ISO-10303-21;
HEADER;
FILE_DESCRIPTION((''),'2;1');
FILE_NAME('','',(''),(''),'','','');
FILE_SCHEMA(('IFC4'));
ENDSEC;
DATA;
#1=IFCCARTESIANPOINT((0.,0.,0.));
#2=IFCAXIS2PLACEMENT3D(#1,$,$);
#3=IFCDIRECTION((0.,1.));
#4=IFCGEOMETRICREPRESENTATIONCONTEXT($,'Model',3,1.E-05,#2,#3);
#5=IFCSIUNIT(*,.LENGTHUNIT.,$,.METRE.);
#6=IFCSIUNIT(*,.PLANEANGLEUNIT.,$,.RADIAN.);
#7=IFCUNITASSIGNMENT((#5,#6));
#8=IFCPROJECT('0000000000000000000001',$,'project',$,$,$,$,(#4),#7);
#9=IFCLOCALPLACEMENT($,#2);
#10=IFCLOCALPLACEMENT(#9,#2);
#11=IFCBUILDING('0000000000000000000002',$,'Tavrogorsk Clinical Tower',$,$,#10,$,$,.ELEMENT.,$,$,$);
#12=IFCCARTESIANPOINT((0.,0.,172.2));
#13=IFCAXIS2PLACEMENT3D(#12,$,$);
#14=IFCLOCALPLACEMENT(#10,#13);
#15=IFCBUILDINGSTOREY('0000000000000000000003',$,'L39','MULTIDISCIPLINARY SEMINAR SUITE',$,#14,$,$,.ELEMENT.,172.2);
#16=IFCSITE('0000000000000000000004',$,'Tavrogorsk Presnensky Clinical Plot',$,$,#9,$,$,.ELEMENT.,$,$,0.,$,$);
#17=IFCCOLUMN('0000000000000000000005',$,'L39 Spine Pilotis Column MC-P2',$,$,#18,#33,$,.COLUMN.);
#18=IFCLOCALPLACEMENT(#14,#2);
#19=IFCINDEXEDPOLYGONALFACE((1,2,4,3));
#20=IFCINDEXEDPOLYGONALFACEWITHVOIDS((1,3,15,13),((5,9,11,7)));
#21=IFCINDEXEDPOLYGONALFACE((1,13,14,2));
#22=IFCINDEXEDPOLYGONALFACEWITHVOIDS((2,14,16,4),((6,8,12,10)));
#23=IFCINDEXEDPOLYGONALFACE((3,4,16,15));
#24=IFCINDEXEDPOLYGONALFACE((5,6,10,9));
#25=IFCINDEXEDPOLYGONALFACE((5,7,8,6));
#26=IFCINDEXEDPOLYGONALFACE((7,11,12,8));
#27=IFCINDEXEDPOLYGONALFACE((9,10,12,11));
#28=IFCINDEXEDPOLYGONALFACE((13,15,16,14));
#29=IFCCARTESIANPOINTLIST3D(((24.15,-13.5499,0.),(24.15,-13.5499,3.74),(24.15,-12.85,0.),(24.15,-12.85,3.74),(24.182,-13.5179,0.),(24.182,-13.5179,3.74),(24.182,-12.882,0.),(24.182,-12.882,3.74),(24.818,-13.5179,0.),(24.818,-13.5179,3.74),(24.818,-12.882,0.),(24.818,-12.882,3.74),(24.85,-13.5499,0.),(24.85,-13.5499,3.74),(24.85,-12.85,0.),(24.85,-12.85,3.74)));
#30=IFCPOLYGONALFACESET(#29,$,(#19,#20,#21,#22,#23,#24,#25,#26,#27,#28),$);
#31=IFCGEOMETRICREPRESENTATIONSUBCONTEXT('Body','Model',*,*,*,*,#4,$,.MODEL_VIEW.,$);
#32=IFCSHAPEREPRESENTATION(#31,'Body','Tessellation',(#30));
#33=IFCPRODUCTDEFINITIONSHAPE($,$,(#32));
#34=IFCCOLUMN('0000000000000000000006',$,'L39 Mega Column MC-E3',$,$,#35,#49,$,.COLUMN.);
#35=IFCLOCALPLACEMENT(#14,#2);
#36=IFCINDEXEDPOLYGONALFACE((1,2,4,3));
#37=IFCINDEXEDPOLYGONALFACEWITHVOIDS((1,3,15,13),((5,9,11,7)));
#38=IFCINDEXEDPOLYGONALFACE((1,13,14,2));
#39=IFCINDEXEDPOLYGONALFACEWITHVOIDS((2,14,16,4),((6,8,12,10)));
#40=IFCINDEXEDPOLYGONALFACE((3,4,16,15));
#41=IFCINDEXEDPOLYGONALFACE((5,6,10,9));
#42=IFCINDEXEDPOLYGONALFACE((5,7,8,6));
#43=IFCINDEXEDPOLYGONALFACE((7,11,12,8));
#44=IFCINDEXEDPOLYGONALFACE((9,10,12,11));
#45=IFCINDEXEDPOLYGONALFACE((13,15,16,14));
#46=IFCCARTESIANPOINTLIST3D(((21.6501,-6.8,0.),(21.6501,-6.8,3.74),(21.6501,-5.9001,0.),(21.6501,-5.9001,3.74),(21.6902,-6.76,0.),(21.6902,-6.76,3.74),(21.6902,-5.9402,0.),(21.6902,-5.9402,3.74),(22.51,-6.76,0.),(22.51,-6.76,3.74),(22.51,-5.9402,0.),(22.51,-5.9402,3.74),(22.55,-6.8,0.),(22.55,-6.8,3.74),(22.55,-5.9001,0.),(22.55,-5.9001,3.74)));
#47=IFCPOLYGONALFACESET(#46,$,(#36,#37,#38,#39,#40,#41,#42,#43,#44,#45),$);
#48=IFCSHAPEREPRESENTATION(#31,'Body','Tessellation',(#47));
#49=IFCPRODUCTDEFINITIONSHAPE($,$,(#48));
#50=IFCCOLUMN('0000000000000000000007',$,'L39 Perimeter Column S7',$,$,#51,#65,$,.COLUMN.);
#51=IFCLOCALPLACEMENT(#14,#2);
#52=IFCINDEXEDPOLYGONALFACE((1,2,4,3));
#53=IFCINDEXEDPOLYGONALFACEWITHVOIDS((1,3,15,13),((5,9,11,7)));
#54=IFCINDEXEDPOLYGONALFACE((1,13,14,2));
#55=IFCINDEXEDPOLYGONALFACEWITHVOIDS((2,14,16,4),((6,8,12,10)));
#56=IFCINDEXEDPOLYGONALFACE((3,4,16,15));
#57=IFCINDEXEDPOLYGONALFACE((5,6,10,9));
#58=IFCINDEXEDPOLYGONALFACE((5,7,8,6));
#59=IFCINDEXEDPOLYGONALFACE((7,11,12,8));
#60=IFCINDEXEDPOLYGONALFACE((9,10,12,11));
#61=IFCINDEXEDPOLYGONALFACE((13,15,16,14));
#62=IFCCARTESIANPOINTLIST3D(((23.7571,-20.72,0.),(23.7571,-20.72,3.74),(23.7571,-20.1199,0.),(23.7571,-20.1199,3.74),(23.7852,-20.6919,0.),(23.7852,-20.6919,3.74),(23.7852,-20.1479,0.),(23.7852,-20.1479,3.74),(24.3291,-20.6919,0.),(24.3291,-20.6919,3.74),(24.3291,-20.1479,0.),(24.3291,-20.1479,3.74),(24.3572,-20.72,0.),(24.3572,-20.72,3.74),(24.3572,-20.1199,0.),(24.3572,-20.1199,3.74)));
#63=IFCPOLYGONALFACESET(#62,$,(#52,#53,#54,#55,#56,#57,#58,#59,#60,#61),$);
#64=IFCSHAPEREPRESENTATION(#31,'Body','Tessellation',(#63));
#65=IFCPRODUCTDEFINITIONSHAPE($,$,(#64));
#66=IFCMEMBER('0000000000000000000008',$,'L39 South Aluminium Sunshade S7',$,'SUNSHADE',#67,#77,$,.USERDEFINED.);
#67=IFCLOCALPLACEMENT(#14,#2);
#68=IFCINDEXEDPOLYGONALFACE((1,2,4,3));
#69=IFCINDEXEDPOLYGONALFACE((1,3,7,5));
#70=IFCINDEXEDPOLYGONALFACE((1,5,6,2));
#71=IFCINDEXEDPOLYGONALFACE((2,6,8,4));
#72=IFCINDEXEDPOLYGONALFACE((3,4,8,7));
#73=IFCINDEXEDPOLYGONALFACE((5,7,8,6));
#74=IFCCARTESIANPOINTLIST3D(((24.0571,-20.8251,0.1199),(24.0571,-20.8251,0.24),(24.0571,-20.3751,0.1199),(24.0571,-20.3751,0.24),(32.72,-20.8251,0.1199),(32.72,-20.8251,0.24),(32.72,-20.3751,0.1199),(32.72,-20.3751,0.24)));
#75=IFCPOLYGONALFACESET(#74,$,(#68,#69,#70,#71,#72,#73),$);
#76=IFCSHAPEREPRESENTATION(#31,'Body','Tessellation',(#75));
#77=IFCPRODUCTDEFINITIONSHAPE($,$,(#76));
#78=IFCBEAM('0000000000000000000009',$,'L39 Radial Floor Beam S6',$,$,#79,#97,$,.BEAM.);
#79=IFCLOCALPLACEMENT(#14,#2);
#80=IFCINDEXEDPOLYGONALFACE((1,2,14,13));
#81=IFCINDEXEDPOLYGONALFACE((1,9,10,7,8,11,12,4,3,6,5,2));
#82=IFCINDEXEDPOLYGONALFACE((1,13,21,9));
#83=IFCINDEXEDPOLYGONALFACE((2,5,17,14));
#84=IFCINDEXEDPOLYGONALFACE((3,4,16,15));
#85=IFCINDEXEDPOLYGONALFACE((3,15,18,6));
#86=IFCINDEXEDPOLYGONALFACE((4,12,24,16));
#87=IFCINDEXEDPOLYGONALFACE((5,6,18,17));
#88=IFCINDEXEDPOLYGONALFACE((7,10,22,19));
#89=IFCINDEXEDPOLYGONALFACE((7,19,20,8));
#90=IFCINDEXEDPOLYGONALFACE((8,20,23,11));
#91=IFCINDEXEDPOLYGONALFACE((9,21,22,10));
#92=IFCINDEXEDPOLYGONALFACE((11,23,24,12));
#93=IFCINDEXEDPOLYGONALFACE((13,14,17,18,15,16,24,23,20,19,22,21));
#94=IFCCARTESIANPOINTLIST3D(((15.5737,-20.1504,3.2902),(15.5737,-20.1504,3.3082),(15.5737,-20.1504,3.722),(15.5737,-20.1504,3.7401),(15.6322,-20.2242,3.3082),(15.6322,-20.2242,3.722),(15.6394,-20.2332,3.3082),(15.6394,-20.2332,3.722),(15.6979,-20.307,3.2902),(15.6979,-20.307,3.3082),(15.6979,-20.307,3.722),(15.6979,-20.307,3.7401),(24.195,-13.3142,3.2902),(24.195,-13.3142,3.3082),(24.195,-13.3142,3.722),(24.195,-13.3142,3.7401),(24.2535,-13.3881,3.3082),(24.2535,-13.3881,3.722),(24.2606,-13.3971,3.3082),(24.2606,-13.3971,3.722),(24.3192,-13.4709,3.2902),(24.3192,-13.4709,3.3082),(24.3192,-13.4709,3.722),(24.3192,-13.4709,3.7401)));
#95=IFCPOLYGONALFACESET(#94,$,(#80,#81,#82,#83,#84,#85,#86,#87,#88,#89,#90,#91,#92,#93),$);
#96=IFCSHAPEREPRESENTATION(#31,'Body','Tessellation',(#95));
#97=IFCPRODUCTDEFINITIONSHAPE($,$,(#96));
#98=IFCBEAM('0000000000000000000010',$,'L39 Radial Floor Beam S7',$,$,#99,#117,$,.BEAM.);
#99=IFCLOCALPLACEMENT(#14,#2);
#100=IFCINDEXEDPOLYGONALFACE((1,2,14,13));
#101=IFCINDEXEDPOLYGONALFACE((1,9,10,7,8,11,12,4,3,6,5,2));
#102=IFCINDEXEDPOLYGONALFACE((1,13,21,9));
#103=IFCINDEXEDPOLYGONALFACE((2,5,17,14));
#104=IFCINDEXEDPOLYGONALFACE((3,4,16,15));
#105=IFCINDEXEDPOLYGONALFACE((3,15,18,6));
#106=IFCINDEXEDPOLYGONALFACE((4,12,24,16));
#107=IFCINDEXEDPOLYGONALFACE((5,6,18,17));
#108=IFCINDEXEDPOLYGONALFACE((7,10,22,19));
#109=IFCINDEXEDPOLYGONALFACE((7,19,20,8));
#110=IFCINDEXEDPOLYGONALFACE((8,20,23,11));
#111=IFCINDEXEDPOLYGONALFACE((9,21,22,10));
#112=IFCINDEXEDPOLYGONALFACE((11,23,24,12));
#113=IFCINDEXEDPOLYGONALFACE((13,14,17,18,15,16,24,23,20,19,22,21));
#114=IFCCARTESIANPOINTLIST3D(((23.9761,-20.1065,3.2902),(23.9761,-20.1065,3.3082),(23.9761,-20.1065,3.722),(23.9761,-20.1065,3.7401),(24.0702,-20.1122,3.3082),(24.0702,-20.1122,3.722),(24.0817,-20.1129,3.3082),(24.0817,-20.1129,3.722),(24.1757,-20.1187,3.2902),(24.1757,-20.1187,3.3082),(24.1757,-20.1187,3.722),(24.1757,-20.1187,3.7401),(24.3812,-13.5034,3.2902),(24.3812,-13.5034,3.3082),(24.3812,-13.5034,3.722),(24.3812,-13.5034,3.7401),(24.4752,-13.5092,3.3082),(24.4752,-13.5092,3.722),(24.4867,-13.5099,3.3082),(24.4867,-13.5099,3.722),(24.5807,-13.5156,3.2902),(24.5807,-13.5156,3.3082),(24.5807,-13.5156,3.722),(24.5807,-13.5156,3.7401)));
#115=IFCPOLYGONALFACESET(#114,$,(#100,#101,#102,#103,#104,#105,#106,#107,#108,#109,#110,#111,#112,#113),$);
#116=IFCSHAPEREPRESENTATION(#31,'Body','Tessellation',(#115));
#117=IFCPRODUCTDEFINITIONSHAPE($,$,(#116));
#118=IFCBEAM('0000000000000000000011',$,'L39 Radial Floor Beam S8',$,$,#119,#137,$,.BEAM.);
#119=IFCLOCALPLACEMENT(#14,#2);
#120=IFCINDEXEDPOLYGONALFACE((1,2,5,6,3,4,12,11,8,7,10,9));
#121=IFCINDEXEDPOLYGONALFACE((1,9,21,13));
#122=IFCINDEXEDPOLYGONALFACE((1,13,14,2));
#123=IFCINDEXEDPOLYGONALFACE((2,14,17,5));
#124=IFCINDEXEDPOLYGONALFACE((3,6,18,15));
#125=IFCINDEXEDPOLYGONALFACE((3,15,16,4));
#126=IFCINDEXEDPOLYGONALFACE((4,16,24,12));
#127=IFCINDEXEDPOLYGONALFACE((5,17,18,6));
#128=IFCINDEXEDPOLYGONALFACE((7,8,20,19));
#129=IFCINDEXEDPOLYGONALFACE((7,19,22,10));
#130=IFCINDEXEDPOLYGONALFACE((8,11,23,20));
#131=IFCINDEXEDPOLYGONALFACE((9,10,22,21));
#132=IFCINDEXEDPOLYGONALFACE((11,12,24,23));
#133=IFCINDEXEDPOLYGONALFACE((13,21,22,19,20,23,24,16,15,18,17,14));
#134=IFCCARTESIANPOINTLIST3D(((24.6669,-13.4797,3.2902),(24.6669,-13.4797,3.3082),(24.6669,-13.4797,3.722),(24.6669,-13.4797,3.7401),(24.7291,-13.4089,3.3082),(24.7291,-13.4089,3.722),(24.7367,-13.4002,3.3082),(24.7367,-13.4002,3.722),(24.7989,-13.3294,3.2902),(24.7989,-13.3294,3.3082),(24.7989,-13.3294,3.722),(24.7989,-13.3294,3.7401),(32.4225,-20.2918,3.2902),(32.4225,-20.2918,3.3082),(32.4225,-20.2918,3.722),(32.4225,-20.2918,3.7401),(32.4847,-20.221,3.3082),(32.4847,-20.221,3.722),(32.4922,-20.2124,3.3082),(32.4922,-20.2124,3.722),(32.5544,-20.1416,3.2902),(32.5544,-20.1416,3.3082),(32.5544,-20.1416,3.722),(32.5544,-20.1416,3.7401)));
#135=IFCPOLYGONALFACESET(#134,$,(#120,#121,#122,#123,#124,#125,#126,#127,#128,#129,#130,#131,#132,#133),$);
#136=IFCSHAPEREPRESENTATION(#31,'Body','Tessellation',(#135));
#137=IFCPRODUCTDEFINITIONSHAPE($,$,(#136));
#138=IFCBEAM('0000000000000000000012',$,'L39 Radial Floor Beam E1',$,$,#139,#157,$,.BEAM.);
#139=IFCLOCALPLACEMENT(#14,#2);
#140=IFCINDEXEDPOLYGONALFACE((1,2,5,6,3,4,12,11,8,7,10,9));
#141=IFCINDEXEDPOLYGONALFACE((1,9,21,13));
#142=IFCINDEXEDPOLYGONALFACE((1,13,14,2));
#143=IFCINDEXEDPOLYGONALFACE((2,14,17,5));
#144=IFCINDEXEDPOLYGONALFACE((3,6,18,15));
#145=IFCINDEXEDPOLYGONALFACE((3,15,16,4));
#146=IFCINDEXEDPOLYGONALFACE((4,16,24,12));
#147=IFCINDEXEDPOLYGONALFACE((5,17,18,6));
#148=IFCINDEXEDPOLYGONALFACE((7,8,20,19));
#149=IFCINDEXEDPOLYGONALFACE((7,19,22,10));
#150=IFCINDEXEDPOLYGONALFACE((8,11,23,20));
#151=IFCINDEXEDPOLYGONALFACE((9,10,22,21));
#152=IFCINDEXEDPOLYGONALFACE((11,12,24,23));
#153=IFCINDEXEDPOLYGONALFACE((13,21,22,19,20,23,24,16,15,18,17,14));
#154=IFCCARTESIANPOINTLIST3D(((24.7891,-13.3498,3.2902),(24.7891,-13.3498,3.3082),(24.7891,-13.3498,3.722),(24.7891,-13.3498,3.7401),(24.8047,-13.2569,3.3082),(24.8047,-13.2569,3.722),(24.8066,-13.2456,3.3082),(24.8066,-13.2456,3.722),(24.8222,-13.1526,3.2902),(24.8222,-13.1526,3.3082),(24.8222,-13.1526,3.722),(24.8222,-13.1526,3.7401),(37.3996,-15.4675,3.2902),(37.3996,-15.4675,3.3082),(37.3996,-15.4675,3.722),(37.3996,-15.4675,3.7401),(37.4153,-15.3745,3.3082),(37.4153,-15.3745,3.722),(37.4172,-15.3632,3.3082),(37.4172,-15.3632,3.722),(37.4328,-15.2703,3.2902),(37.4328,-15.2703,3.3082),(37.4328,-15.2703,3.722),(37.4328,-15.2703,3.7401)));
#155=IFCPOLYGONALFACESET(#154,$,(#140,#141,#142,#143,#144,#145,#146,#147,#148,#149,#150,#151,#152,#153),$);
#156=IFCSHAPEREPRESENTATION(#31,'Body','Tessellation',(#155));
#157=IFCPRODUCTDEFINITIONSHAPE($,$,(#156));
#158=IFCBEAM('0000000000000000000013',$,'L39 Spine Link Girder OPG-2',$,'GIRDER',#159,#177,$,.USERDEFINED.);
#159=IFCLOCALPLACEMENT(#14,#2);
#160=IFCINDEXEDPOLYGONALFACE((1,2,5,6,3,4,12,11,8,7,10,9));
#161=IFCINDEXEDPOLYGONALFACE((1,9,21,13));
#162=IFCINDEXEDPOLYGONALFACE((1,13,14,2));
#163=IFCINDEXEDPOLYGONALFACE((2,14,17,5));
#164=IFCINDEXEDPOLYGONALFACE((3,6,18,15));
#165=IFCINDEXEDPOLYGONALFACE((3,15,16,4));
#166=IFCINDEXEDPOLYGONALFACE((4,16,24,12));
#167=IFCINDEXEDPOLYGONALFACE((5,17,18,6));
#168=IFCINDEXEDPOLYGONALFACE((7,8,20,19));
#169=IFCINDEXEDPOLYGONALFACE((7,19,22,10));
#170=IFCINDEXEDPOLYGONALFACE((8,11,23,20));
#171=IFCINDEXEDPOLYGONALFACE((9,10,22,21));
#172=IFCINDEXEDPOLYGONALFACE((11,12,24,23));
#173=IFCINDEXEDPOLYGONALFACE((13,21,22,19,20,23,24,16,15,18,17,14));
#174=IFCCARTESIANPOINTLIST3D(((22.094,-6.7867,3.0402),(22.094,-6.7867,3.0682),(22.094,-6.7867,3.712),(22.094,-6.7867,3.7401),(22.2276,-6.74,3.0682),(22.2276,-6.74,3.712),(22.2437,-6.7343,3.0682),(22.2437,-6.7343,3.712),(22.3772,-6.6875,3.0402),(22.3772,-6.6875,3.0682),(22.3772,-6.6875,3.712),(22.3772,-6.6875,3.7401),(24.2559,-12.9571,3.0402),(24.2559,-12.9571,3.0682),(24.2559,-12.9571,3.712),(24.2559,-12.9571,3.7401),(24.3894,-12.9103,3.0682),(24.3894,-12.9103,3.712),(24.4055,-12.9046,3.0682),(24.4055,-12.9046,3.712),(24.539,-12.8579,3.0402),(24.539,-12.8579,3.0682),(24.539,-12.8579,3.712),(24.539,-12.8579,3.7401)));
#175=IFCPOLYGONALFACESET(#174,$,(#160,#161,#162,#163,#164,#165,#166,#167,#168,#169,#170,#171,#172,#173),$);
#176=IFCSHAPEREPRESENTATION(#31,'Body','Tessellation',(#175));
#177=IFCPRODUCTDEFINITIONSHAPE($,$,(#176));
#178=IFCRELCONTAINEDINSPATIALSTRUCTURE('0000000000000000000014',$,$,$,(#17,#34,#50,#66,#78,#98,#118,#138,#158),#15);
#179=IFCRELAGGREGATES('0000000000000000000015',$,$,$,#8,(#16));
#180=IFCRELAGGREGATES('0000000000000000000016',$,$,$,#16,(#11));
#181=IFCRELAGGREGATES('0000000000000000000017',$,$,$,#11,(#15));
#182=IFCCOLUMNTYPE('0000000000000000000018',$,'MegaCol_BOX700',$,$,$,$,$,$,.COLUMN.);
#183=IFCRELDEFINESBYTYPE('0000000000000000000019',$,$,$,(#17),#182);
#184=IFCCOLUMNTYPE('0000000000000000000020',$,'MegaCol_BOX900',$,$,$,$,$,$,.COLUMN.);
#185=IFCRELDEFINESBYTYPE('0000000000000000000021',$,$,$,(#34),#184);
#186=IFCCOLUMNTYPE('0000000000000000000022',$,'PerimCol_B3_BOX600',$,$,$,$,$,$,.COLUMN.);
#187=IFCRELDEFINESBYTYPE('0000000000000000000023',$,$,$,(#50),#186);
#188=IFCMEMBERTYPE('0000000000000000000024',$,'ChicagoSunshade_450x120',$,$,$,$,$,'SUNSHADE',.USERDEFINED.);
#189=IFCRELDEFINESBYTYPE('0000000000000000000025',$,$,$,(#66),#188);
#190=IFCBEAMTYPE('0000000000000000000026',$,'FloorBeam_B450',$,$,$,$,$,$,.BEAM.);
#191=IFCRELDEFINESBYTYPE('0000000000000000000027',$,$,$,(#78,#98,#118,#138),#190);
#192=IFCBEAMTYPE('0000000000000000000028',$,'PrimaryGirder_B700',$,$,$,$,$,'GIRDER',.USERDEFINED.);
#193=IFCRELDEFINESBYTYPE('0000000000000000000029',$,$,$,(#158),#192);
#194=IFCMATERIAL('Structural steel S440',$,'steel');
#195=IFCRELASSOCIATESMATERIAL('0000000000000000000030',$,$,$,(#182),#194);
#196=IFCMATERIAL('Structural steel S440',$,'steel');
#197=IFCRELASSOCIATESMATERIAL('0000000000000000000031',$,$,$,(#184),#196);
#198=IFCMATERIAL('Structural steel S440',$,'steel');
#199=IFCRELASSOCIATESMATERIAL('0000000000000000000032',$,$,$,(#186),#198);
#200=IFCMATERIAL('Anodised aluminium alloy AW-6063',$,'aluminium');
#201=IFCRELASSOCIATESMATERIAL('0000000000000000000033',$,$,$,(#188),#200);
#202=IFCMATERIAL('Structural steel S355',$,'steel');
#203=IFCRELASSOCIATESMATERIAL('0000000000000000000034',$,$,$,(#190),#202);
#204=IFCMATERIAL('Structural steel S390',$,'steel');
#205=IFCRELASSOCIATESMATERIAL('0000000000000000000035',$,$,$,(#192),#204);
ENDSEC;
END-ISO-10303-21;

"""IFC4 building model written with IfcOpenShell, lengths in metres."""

from ifc_helpers import new_model, si_unit, direction, frame, origin, origin_2d, place, context, subcontext, project, spatial, rectangle, hollow_rectangle, i_section, extrude, material, material_profile, profile_set, type_object, element, save


model = new_model("IFC4")

# Units and contexts
model_context = context("Model", 3, precision=1e-05, world=origin(), true_north=direction((0.0, 1.0)))
body_context = subcontext(model_context, "Body", "Model", "MODEL_VIEW")
ifc_project = project(units=[si_unit("LENGTHUNIT", "METRE"), si_unit("PLANEANGLEUNIT", "RADIAN")], contexts=[model_context])

# Site, building, storey
site_placement = place(None, origin())
site = spatial("IfcSite", under=ifc_project, at=site_placement, Name="Tavrogorsk Presnensky Clinical Plot", CompositionType="ELEMENT", RefElevation=0.0)
building_placement = place(site_placement, origin())
building = spatial("IfcBuilding", under=site, at=building_placement, Name="Tavrogorsk Clinical Tower", CompositionType="ELEMENT")
storey_placement = place(building_placement, frame((0.0, 0.0, 172.2)))
storey = spatial("IfcBuildingStorey", under=building, at=storey_placement, Name="L39", Description="MULTIDISCIPLINARY SEMINAR SUITE", CompositionType="ELEMENT", Elevation=172.2)

# Columns
ifc_material_1 = material(Name="Structural steel S440", Category="steel")
ifc_material_profile_1 = material_profile(ifc_material_1, hollow_rectangle(XDim=0.7, YDim=0.7, WallThickness=0.032, at=origin_2d()), Name="BOX-700x700x32")
ifc_profile_set_1 = profile_set([ifc_material_profile_1], Name="Structural steel S440")
column_type_1 = type_object("IfcColumnType", Name="MegaCol_BOX700", PredefinedType="COLUMN", material=ifc_profile_set_1)
column_1_placement = place(storey_placement, frame((24.5, -13.2, 0.0), z_axis=(0.0, 0.0, 1.0), x_axis=(1.0, 0.0, 0.0)))
element("IfcColumn", 1, at=column_1_placement, inside=storey, type_object=column_type_1, Name="L39 Spine Pilotis Column MC-P2", PredefinedType="COLUMN", context=body_context, shape_type="SweptSolid", body=[
    extrude(hollow_rectangle(XDim=0.7, YDim=0.7, WallThickness=0.032, at=origin_2d()), origin(), (0.0, 0.0, 1.0), 3.74),
])
ifc_material_2 = material(Name="Structural steel S440", Category="steel")
ifc_material_profile_2 = material_profile(ifc_material_2, hollow_rectangle(XDim=0.8999, YDim=0.8999, WallThickness=0.04, at=origin_2d()), Name="BOX-900x900x40")
ifc_profile_set_2 = profile_set([ifc_material_profile_2], Name="Structural steel S440")
column_type_2 = type_object("IfcColumnType", Name="MegaCol_BOX900", PredefinedType="COLUMN", material=ifc_profile_set_2)
column_2_placement = place(storey_placement, frame((22.1001, -6.3501, 0.0), z_axis=(0.0, 0.0, 1.0), x_axis=(1.0, 0.0, 0.0)))
element("IfcColumn", 2, at=column_2_placement, inside=storey, type_object=column_type_2, Name="L39 Mega Column MC-E3", PredefinedType="COLUMN", context=body_context, shape_type="SweptSolid", body=[
    extrude(hollow_rectangle(XDim=0.8999, YDim=0.8999, WallThickness=0.04, at=origin_2d()), origin(), (0.0, 0.0, 1.0), 3.74),
])
ifc_material_3 = material(Name="Structural steel S440", Category="steel")
ifc_material_profile_3 = material_profile(ifc_material_3, hollow_rectangle(XDim=0.6001, YDim=0.6001, WallThickness=0.0281, at=origin_2d()), Name="BOX-600x600x28")
ifc_profile_set_3 = profile_set([ifc_material_profile_3], Name="Structural steel S440")
column_type_3 = type_object("IfcColumnType", Name="PerimCol_B3_BOX600", PredefinedType="COLUMN", material=ifc_profile_set_3)
column_3_placement = place(storey_placement, frame((24.0571, -20.4199, 0.0), z_axis=(0.0, 0.0, 1.0), x_axis=(1.0, 0.0, 0.0)))
element("IfcColumn", 3, at=column_3_placement, inside=storey, type_object=column_type_3, Name="L39 Perimeter Column S7", PredefinedType="COLUMN", context=body_context, shape_type="SweptSolid", body=[
    extrude(hollow_rectangle(XDim=0.6001, YDim=0.6001, WallThickness=0.0281, at=origin_2d()), origin(), (0.0, 0.0, 1.0), 3.74),
])

# Member
ifc_material_4 = material(Name="Anodised aluminium alloy AW-6063", Category="aluminium")
ifc_material_profile_4 = material_profile(ifc_material_4, rectangle(XDim=0.45, YDim=0.1201, at=origin_2d()), Name="ALU-SUNSHADE-450x120")
ifc_profile_set_4 = profile_set([ifc_material_profile_4], Name="Anodised aluminium alloy AW-6063")
member_type = type_object("IfcMemberType", Name="ChicagoSunshade_450x120", ElementType="SUNSHADE", PredefinedType="USERDEFINED", material=ifc_profile_set_4)
member_placement = place(storey_placement, frame((24.0571, -20.6001, 0.1799), z_axis=(1.0, 0.0, 0.0), x_axis=(0.0, 1.0, 0.0)))
element("IfcMember", 4, at=member_placement, inside=storey, type_object=member_type, Name="L39 South Aluminium Sunshade S7", ObjectType="SUNSHADE", PredefinedType="USERDEFINED", context=body_context, shape_type="SweptSolid", body=[
    extrude(rectangle(XDim=0.45, YDim=0.1201, at=origin_2d()), origin(), (0.0, 0.0, 1.0), 8.6628),
])

# Beams
ifc_material_5 = material(Name="Structural steel S355", Category="steel")
ifc_material_profile_5 = material_profile(ifc_material_5, i_section(OverallWidth=0.2, OverallDepth=0.45, WebThickness=0.0115, FlangeThickness=0.0181, at=origin_2d()), Name="B-450x200x11.5x18")
ifc_profile_set_5 = profile_set([ifc_material_profile_5], Name="Structural steel S355")
beam_type_1 = type_object("IfcBeamType", Name="FloorBeam_B450", PredefinedType="BEAM", material=ifc_profile_set_5)
beam_1_placement = place(storey_placement, frame((24.2571, -13.3926, 3.5151), z_axis=(-0.783561, -0.621315, 0.0), x_axis=(0.621315, -0.783561, 0.0)))
element("IfcBeam", 5, at=beam_1_placement, inside=storey, type_object=beam_type_1, Name="L39 Radial Floor Beam S6", PredefinedType="BEAM", context=body_context, shape_type="SweptSolid", body=[
    extrude(i_section(OverallWidth=0.2, OverallDepth=0.45, WebThickness=0.0115, FlangeThickness=0.0181, at=origin_2d()), origin(), (0.0, 0.0, 1.0), 11.0027),
])
beam_2_placement = place(storey_placement, frame((24.481, -13.5095, 3.5151), z_axis=(-0.061225, -0.998124, 0.0), x_axis=(0.998124, -0.061225, 0.0)))
element("IfcBeam", 6, at=beam_2_placement, inside=storey, type_object=beam_type_1, Name="L39 Radial Floor Beam S7", PredefinedType="BEAM", context=body_context, shape_type="SweptSolid", body=[
    extrude(i_section(OverallWidth=0.2, OverallDepth=0.45, WebThickness=0.0115, FlangeThickness=0.0181, at=origin_2d()), origin(), (0.0, 0.0, 1.0), 6.6155),
])
beam_3_placement = place(storey_placement, frame((24.7329, -13.4045, 3.5151), z_axis=(0.751323, -0.659935, 0.0), x_axis=(0.659935, 0.751323, 0.0)))
element("IfcBeam", 7, at=beam_3_placement, inside=storey, type_object=beam_type_1, Name="L39 Radial Floor Beam S8", PredefinedType="BEAM", context=body_context, shape_type="SweptSolid", body=[
    extrude(i_section(OverallWidth=0.2, OverallDepth=0.45, WebThickness=0.0115, FlangeThickness=0.0181, at=origin_2d()), origin(), (0.0, 0.0, 1.0), 10.3225),
])
beam_4_placement = place(storey_placement, frame((24.8057, -13.2512, 3.5151), z_axis=(0.986191, -0.165609, 0.0), x_axis=(0.165609, 0.986191, 0.0)))
element("IfcBeam", 8, at=beam_4_placement, inside=storey, type_object=beam_type_1, Name="L39 Radial Floor Beam E1", PredefinedType="BEAM", context=body_context, shape_type="SweptSolid", body=[
    extrude(i_section(OverallWidth=0.2, OverallDepth=0.45, WebThickness=0.0115, FlangeThickness=0.0181, at=origin_2d()), origin(), (0.0, 0.0, 1.0), 12.7871),
])
ifc_material_6 = material(Name="Structural steel S390", Category="steel")
ifc_material_profile_6 = material_profile(ifc_material_6, i_section(OverallWidth=0.3, OverallDepth=0.7, WebThickness=0.0171, FlangeThickness=0.0281, at=origin_2d()), Name="B-700x300x17x28")
ifc_profile_set_6 = profile_set([ifc_material_profile_6], Name="Structural steel S390")
beam_type_2 = type_object("IfcBeamType", Name="PrimaryGirder_B700", ElementType="GIRDER", PredefinedType="USERDEFINED", material=ifc_profile_set_6)
beam_5_placement = place(storey_placement, frame((24.3975, -12.9075, 3.3901), z_axis=(-0.330653, 0.943752, 0.0), x_axis=(-0.943752, -0.330653, 0.0)))
element("IfcBeam", 9, at=beam_5_placement, inside=storey, type_object=beam_type_2, Name="L39 Spine Link Girder OPG-2", ObjectType="GIRDER", PredefinedType="USERDEFINED", context=body_context, shape_type="SweptSolid", body=[
    extrude(i_section(OverallWidth=0.3, OverallDepth=0.7, WebThickness=0.0171, FlangeThickness=0.0281, at=origin_2d()), origin(), (0.0, 0.0, 1.0), 6.5381),
])

save(model, "model.ifc")
